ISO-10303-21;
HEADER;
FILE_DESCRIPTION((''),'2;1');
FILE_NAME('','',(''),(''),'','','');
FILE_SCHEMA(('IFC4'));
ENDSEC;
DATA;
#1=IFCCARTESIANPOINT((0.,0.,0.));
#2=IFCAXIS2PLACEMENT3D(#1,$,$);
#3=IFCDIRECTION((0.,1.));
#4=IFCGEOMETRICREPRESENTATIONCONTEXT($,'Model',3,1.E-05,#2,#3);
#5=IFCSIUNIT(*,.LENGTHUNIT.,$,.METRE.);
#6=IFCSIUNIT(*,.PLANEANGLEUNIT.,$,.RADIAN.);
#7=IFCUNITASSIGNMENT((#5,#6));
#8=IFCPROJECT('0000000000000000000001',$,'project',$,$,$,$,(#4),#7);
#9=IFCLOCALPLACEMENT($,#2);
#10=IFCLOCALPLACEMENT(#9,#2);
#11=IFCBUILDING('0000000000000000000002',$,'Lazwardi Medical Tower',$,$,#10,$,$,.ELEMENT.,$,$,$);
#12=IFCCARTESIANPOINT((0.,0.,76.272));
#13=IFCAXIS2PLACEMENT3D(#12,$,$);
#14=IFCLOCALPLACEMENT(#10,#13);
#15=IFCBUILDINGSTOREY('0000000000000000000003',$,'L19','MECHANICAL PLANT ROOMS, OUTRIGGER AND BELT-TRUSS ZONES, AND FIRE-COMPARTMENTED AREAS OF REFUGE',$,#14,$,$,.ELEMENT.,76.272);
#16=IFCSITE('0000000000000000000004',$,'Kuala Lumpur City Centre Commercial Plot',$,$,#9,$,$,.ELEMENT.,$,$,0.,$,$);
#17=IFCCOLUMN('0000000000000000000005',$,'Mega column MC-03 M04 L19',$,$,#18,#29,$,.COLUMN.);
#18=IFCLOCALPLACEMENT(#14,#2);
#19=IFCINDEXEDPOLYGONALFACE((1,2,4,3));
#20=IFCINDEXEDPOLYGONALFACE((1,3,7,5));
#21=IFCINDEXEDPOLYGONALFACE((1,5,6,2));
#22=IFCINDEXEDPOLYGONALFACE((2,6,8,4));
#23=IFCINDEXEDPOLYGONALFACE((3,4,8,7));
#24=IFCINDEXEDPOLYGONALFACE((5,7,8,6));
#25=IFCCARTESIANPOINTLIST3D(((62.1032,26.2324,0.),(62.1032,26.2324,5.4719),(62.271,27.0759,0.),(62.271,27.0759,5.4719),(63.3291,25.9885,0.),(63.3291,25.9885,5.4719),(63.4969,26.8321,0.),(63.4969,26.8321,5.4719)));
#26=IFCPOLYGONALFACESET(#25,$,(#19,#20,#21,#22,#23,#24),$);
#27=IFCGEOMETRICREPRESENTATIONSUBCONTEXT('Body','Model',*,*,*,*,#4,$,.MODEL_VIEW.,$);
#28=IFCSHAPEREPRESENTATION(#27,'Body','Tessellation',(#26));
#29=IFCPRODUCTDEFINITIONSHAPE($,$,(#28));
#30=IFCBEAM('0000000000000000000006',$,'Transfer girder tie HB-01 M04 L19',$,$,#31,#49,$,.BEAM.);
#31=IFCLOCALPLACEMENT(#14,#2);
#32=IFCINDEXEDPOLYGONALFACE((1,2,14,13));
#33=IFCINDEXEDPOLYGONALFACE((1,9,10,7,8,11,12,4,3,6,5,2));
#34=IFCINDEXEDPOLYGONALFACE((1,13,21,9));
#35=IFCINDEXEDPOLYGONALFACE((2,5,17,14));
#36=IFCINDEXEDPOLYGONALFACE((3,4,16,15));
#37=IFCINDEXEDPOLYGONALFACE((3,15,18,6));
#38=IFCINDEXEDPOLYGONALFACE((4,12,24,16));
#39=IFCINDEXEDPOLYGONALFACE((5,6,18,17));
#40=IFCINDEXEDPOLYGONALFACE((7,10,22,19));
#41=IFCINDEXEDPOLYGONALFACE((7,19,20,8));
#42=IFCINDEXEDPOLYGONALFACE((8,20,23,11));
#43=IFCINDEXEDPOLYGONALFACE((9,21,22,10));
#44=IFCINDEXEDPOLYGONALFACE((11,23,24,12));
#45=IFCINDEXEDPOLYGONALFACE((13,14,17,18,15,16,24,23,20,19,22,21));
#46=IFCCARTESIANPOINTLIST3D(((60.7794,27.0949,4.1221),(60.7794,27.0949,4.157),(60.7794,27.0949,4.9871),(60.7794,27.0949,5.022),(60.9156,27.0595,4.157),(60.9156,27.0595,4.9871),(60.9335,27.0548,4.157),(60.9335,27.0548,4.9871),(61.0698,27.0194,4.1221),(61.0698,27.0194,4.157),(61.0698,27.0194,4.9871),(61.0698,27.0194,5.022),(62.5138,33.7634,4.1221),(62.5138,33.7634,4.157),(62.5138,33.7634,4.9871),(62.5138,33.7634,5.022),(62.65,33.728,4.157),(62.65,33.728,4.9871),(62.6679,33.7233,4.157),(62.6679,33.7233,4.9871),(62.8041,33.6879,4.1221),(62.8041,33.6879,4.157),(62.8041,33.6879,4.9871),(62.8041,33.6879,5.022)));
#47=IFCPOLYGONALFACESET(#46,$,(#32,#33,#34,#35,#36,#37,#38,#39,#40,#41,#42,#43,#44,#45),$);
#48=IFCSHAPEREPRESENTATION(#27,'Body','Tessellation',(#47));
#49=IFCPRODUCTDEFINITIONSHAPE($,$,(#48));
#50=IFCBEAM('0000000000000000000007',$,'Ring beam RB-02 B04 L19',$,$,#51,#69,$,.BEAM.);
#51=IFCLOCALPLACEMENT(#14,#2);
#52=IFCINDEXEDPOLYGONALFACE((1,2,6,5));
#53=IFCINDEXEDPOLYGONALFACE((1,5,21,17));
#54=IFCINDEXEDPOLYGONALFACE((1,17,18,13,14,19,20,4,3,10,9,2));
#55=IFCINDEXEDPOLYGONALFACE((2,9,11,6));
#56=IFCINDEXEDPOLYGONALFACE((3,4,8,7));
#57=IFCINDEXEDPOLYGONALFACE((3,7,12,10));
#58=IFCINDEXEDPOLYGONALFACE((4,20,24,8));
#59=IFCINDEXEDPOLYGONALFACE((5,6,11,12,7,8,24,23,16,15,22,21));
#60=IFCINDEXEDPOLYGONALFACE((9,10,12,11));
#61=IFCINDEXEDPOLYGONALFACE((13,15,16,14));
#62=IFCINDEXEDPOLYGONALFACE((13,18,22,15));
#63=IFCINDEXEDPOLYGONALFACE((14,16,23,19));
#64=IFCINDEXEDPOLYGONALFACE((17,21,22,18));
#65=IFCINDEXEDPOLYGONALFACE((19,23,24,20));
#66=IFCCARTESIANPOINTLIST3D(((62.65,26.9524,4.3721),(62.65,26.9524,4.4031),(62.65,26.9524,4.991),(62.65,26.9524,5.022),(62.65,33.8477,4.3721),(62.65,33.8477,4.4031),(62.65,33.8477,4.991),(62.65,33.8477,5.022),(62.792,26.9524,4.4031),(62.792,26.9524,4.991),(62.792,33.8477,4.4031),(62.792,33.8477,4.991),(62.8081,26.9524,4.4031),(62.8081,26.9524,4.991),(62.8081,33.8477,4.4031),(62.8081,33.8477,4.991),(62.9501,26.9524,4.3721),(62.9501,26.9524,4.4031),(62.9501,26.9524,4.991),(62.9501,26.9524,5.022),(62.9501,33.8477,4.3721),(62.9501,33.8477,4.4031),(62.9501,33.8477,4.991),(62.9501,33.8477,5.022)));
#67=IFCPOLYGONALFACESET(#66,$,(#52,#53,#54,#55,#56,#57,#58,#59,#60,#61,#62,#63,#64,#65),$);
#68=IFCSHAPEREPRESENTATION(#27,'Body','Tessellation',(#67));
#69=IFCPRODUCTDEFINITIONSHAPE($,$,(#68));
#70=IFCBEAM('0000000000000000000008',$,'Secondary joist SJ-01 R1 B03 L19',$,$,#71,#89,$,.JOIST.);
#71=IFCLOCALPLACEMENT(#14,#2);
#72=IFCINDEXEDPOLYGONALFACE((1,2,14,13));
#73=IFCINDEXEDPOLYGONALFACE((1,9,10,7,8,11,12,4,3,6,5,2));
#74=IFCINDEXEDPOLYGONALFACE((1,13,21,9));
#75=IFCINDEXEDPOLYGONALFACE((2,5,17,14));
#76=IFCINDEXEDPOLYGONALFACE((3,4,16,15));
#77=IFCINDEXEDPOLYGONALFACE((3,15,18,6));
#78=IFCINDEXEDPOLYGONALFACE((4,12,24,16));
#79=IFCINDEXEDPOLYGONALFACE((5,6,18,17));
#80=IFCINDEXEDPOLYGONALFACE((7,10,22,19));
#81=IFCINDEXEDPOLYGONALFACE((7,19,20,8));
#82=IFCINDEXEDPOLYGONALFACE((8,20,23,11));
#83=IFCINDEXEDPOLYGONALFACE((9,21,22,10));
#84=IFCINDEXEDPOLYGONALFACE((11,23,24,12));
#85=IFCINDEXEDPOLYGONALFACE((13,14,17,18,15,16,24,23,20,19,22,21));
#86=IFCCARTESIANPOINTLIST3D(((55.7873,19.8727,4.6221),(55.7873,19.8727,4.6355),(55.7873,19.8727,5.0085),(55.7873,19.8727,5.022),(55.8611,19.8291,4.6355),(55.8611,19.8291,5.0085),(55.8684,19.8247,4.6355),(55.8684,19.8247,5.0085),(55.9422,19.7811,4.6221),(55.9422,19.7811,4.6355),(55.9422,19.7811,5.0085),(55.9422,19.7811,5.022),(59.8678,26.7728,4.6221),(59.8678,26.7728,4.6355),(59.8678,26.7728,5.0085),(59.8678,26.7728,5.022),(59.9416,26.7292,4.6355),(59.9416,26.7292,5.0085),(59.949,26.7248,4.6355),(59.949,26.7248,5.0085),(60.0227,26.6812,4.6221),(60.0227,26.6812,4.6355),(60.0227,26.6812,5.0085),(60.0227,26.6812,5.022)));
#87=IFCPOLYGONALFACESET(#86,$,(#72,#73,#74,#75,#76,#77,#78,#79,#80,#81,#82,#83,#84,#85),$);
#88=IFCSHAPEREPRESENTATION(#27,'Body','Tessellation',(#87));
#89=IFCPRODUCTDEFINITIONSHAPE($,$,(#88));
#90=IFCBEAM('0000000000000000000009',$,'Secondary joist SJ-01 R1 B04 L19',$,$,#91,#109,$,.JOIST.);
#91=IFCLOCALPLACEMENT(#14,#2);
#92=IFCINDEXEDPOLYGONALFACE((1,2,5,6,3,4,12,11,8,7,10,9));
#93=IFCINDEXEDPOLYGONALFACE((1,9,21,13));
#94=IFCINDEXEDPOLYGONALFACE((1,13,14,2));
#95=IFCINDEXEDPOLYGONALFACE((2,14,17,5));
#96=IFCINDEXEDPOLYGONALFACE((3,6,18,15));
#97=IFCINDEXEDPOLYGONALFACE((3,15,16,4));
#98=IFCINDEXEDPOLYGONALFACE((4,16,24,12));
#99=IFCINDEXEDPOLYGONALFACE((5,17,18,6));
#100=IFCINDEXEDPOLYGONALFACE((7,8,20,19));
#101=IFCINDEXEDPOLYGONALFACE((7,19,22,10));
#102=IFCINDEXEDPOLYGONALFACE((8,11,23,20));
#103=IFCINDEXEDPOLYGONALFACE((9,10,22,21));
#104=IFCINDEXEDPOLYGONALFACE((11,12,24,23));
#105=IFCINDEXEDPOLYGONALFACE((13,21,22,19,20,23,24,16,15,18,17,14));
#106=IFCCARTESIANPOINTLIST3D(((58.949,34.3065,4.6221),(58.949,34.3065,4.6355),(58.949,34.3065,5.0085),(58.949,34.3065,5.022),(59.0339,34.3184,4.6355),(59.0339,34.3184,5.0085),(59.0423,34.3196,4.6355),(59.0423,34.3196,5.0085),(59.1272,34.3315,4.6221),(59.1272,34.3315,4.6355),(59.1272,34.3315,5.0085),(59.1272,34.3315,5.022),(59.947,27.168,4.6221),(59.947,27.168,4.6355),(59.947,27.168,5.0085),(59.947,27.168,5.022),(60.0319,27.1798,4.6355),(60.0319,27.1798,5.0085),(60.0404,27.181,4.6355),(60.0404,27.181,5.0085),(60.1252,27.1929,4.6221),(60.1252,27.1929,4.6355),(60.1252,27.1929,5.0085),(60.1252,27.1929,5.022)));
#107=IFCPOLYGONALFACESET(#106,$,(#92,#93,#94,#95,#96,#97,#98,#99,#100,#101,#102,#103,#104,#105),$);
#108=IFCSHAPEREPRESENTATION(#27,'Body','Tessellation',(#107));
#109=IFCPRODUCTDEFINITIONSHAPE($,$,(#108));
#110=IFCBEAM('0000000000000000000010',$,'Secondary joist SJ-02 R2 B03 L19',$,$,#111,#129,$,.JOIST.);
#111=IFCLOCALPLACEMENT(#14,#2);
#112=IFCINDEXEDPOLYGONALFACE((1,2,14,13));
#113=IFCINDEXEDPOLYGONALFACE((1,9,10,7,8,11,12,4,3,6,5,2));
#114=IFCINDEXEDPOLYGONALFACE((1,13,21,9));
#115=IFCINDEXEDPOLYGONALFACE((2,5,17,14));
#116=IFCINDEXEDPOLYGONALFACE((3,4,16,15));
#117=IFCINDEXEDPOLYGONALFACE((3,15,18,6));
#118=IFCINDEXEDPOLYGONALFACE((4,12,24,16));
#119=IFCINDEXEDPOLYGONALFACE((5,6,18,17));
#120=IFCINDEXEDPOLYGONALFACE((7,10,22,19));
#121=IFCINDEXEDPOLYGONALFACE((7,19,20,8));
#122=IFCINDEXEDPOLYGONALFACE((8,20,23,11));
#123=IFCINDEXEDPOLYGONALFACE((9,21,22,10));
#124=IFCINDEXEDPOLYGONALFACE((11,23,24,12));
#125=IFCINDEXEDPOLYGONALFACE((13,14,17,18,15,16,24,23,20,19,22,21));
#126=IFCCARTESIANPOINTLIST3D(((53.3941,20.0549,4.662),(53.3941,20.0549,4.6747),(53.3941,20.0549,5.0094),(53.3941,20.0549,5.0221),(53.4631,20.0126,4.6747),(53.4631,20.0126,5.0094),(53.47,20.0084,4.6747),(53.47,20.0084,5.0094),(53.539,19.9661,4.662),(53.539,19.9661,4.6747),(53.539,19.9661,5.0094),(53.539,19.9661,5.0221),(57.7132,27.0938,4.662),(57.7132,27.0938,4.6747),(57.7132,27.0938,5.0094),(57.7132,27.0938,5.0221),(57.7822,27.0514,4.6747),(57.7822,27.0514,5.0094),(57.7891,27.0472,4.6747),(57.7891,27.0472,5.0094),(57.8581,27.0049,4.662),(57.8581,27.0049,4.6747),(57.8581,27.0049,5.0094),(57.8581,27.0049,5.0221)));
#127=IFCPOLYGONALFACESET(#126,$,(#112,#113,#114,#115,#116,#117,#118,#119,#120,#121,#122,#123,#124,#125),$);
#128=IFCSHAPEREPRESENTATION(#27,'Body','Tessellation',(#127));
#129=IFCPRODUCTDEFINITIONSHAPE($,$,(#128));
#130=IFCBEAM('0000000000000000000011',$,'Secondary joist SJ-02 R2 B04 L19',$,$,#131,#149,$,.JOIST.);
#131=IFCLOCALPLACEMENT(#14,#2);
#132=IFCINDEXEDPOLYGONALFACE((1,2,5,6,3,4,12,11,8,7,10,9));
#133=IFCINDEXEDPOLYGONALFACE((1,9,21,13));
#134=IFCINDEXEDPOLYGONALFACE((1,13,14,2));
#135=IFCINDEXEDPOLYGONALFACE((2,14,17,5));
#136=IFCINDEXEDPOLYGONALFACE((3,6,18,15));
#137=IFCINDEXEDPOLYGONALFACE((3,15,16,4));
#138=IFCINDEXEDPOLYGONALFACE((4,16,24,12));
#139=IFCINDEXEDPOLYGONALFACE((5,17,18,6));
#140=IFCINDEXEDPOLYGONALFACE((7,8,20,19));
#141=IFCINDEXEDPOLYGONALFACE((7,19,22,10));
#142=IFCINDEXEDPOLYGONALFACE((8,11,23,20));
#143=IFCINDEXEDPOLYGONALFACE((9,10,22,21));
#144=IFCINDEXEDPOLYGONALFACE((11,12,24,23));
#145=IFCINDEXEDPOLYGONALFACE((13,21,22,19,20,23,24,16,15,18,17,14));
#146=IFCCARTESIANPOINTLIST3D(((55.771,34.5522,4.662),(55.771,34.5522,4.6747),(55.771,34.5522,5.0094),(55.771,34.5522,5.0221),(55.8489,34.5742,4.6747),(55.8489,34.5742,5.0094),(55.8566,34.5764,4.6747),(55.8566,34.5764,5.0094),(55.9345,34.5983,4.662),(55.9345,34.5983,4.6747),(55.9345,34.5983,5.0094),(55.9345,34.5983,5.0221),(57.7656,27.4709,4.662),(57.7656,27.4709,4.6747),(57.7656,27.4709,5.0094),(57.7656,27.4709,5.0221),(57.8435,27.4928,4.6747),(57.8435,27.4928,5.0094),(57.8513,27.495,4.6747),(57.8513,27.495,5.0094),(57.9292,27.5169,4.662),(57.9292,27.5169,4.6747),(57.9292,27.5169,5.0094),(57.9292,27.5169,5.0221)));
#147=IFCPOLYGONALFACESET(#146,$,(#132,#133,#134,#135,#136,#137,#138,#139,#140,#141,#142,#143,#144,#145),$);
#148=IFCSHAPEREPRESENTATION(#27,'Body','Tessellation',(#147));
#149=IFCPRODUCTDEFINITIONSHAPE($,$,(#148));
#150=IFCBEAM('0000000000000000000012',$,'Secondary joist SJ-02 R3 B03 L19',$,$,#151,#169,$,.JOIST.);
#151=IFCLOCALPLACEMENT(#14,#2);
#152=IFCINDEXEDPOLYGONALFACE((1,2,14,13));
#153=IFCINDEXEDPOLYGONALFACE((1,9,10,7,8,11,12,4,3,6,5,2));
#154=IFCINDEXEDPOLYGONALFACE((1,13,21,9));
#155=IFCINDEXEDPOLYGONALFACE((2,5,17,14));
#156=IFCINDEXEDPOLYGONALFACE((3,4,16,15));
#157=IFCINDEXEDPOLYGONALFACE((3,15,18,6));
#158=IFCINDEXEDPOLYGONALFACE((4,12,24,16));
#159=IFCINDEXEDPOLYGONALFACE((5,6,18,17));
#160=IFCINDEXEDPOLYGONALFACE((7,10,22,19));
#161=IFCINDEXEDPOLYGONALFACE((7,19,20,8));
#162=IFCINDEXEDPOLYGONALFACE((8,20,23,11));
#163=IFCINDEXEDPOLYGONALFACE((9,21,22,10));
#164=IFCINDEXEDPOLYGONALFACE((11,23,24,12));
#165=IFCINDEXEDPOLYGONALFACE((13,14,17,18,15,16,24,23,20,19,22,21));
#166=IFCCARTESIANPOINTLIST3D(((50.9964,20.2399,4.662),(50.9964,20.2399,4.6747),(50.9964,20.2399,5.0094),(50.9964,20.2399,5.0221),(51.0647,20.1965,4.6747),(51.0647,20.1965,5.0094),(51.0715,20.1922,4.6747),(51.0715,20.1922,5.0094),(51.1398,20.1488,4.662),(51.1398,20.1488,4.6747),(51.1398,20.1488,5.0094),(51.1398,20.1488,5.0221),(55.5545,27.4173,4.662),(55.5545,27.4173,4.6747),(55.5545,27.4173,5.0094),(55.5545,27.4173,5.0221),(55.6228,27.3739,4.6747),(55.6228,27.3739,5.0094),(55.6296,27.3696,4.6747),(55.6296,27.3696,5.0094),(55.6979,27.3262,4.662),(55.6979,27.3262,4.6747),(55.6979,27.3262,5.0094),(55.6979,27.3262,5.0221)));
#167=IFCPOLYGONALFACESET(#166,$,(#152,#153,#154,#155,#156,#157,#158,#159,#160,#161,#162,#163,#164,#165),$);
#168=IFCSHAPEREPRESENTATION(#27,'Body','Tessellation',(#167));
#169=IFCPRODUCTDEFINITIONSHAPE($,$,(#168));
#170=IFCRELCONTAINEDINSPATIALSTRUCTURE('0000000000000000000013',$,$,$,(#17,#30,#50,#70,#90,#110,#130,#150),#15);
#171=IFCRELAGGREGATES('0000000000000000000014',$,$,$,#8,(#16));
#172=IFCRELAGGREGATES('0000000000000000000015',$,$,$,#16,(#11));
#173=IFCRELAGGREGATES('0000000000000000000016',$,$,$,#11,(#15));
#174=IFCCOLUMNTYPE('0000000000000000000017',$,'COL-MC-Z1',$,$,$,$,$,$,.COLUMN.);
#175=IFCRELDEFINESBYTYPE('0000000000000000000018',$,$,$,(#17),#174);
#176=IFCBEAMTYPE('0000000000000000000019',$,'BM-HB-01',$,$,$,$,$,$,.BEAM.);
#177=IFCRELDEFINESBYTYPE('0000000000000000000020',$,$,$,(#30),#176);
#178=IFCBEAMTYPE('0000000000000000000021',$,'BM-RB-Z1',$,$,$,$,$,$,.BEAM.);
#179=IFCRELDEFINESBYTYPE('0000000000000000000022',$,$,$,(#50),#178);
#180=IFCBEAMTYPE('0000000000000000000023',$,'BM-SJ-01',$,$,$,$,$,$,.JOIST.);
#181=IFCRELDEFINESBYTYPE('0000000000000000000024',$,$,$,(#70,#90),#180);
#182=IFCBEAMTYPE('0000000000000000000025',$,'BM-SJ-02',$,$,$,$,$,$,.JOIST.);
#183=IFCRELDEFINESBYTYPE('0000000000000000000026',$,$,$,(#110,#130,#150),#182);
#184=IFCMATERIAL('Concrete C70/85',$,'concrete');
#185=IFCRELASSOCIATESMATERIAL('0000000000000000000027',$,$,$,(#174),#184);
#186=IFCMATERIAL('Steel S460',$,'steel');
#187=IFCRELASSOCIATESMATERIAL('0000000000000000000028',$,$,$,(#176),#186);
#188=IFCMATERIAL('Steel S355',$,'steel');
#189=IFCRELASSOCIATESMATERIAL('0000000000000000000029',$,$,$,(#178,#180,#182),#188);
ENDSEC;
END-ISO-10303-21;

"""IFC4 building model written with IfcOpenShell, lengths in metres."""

from ifc_helpers import new_model, si_unit, direction, frame, origin, origin_2d, place, context, subcontext, project, spatial, rectangle, i_section, extrude, material, material_profile, profile_set, type_object, element, save


model = new_model("IFC4")

# Units and contexts
model_context = context("Model", 3, precision=1e-05, world=origin(), true_north=direction((0.0, 1.0)))
body_context = subcontext(model_context, "Body", "Model", "MODEL_VIEW")
ifc_project = project(units=[si_unit("LENGTHUNIT", "METRE"), si_unit("PLANEANGLEUNIT", "RADIAN")], contexts=[model_context])

# Site, building, storey
site_placement = place(None, origin())
site = spatial("IfcSite", under=ifc_project, at=site_placement, Name="Kuala Lumpur City Centre Commercial Plot", CompositionType="ELEMENT", RefElevation=0.0)
building_placement = place(site_placement, origin())
building = spatial("IfcBuilding", under=site, at=building_placement, Name="Lazwardi Medical Tower", CompositionType="ELEMENT")
storey_placement = place(building_placement, frame((0.0, 0.0, 76.272)))
storey = spatial("IfcBuildingStorey", under=building, at=storey_placement, Name="L19", Description="MECHANICAL PLANT ROOMS, OUTRIGGER AND BELT-TRUSS ZONES, AND FIRE-COMPARTMENTED AREAS OF REFUGE", CompositionType="ELEMENT", Elevation=76.272)

# Column
ifc_material_1 = material(Name="Concrete C70/85", Category="concrete")
ifc_material_profile_1 = material_profile(ifc_material_1, rectangle(XDim=1.25, YDim=0.8601, at=origin_2d()), Name="CFT-RECT 1250x860")
ifc_profile_set_1 = profile_set([ifc_material_profile_1], Name="Concrete C70/85")
column_type = type_object("IfcColumnType", Name="COL-MC-Z1", PredefinedType="COLUMN", material=ifc_profile_set_1)
column_placement = place(storey_placement, frame((62.8, 26.5322, 0.0), z_axis=(0.0, 0.0, 1.0), x_axis=(0.980785, -0.19509, 0.0)))
element("IfcColumn", 1, at=column_placement, inside=storey, type_object=column_type, Name="Mega column MC-03 M04 L19", PredefinedType="COLUMN", context=body_context, shape_type="SweptSolid", body=[
    extrude(rectangle(XDim=1.25, YDim=0.8601, at=origin_2d()), origin(), (0.0, 0.0, 1.0), 5.4719),
])

# Beams
ifc_material_2 = material(Name="Steel S460", Category="steel")
ifc_material_profile_2 = material_profile(ifc_material_2, i_section(OverallWidth=0.3, OverallDepth=0.8999, WebThickness=0.0186, FlangeThickness=0.0349, at=origin_2d()), Name="HEB 900")
ifc_profile_set_2 = profile_set([ifc_material_profile_2], Name="Steel S460")
beam_type_1 = type_object("IfcBeamType", Name="BM-HB-01", PredefinedType="BEAM", material=ifc_profile_set_2)
beam_1_placement = place(storey_placement, frame((60.9246, 27.0571, 4.572), z_axis=(0.251712, 0.967802, 0.0), x_axis=(-0.967802, 0.251712, 0.0)))
element("IfcBeam", 2, at=beam_1_placement, inside=storey, type_object=beam_type_1, Name="Transfer girder tie HB-01 M04 L19", PredefinedType="BEAM", context=body_context, shape_type="SweptSolid", body=[
    extrude(i_section(OverallWidth=0.3, OverallDepth=0.8999, WebThickness=0.0186, FlangeThickness=0.0349, at=origin_2d()), origin(), (0.0, 0.0, 1.0), 6.8904),
])
ifc_material_3 = material(Name="Steel S355", Category="steel")
ifc_material_profile_3 = material_profile(ifc_material_3, i_section(OverallWidth=0.3, OverallDepth=0.6499, WebThickness=0.0161, FlangeThickness=0.031, at=origin_2d()), Name="HEB 650")
ifc_profile_set_3 = profile_set([ifc_material_profile_3], Name="Steel S355")
beam_type_2 = type_object("IfcBeamType", Name="BM-RB-Z1", PredefinedType="BEAM", material=ifc_profile_set_3)
beam_2_placement = place(storey_placement, frame((62.8, 26.9524, 4.697), z_axis=(0.0, 1.0, 0.0), x_axis=(-1.0, 0.0, 0.0)))
element("IfcBeam", 3, at=beam_2_placement, inside=storey, type_object=beam_type_2, Name="Ring beam RB-02 B04 L19", PredefinedType="BEAM", context=body_context, shape_type="SweptSolid", body=[
    extrude(i_section(OverallWidth=0.3, OverallDepth=0.6499, WebThickness=0.0161, FlangeThickness=0.031, at=origin_2d()), origin(), (0.0, 0.0, 1.0), 6.8953),
])
ifc_material_profile_4 = material_profile(ifc_material_3, i_section(OverallWidth=0.1799, OverallDepth=0.3999, WebThickness=0.0085, FlangeThickness=0.0134, at=origin_2d()), Name="IPE 400")
ifc_profile_set_4 = profile_set([ifc_material_profile_4], Name="Steel S355")
beam_type_3 = type_object("IfcBeamType", Name="BM-SJ-01", PredefinedType="JOIST", material=ifc_profile_set_4)
beam_3_placement = place(storey_placement, frame((55.8647, 19.8269, 4.822), z_axis=(0.509026, 0.860751, 0.0), x_axis=(-0.860751, 0.509026, 0.0)))
element("IfcBeam", 4, at=beam_3_placement, inside=storey, type_object=beam_type_3, Name="Secondary joist SJ-01 R1 B03 L19", PredefinedType="JOIST", context=body_context, shape_type="SweptSolid", body=[
    extrude(i_section(OverallWidth=0.1799, OverallDepth=0.3999, WebThickness=0.0085, FlangeThickness=0.0134, at=origin_2d()), origin(), (0.0, 0.0, 1.0), 8.0164),
])
beam_4_placement = place(storey_placement, frame((60.0361, 27.1804, 4.822), z_axis=(-0.138462, 0.990368, 0.0), x_axis=(-0.990368, -0.138462, 0.0)))
element("IfcBeam", 5, at=beam_4_placement, inside=storey, type_object=beam_type_3, Name="Secondary joist SJ-01 R1 B04 L19", PredefinedType="JOIST", context=body_context, shape_type="SweptSolid", body=[
    extrude(i_section(OverallWidth=0.1799, OverallDepth=0.3999, WebThickness=0.0085, FlangeThickness=0.0134, at=origin_2d()), origin(), (0.0, 0.0, 1.0), 7.208),
])
ifc_material_profile_5 = material_profile(ifc_material_3, i_section(OverallWidth=0.1699, OverallDepth=0.3601, WebThickness=0.0081, FlangeThickness=0.0127, at=origin_2d()), Name="IPE 360")
ifc_profile_set_5 = profile_set([ifc_material_profile_5], Name="Steel S355")
beam_type_4 = type_object("IfcBeamType", Name="BM-SJ-02", PredefinedType="JOIST", material=ifc_profile_set_5)
beam_5_placement = place(storey_placement, frame((53.4666, 20.0105, 4.842), z_axis=(0.523, 0.852333, 0.0), x_axis=(-0.852333, 0.523, 0.0)))
element("IfcBeam", 6, at=beam_5_placement, inside=storey, type_object=beam_type_4, Name="Secondary joist SJ-02 R2 B03 L19", PredefinedType="JOIST", context=body_context, shape_type="SweptSolid", body=[
    extrude(i_section(OverallWidth=0.1699, OverallDepth=0.3601, WebThickness=0.0081, FlangeThickness=0.0127, at=origin_2d()), origin(), (0.0, 0.0, 1.0), 8.2583),
])
beam_6_placement = place(storey_placement, frame((57.8474, 27.4939, 4.842), z_axis=(-0.271125, 0.962544, 0.0), x_axis=(-0.962544, -0.271125, 0.0)))
element("IfcBeam", 7, at=beam_6_placement, inside=storey, type_object=beam_type_4, Name="Secondary joist SJ-02 R2 B04 L19", PredefinedType="JOIST", context=body_context, shape_type="SweptSolid", body=[
    extrude(i_section(OverallWidth=0.1699, OverallDepth=0.3601, WebThickness=0.0081, FlangeThickness=0.0127, at=origin_2d()), origin(), (0.0, 0.0, 1.0), 7.3569),
])
beam_7_placement = place(storey_placement, frame((51.0681, 20.1943, 4.842), z_axis=(0.536089, 0.844161, 0.0), x_axis=(-0.844161, 0.536089, 0.0)))
element("IfcBeam", 8, at=beam_7_placement, inside=storey, type_object=beam_type_4, Name="Secondary joist SJ-02 R3 B03 L19", PredefinedType="JOIST", context=body_context, shape_type="SweptSolid", body=[
    extrude(i_section(OverallWidth=0.1699, OverallDepth=0.3601, WebThickness=0.0081, FlangeThickness=0.0127, at=origin_2d()), origin(), (0.0, 0.0, 1.0), 8.5024),
])

save(model, "model.ifc")
